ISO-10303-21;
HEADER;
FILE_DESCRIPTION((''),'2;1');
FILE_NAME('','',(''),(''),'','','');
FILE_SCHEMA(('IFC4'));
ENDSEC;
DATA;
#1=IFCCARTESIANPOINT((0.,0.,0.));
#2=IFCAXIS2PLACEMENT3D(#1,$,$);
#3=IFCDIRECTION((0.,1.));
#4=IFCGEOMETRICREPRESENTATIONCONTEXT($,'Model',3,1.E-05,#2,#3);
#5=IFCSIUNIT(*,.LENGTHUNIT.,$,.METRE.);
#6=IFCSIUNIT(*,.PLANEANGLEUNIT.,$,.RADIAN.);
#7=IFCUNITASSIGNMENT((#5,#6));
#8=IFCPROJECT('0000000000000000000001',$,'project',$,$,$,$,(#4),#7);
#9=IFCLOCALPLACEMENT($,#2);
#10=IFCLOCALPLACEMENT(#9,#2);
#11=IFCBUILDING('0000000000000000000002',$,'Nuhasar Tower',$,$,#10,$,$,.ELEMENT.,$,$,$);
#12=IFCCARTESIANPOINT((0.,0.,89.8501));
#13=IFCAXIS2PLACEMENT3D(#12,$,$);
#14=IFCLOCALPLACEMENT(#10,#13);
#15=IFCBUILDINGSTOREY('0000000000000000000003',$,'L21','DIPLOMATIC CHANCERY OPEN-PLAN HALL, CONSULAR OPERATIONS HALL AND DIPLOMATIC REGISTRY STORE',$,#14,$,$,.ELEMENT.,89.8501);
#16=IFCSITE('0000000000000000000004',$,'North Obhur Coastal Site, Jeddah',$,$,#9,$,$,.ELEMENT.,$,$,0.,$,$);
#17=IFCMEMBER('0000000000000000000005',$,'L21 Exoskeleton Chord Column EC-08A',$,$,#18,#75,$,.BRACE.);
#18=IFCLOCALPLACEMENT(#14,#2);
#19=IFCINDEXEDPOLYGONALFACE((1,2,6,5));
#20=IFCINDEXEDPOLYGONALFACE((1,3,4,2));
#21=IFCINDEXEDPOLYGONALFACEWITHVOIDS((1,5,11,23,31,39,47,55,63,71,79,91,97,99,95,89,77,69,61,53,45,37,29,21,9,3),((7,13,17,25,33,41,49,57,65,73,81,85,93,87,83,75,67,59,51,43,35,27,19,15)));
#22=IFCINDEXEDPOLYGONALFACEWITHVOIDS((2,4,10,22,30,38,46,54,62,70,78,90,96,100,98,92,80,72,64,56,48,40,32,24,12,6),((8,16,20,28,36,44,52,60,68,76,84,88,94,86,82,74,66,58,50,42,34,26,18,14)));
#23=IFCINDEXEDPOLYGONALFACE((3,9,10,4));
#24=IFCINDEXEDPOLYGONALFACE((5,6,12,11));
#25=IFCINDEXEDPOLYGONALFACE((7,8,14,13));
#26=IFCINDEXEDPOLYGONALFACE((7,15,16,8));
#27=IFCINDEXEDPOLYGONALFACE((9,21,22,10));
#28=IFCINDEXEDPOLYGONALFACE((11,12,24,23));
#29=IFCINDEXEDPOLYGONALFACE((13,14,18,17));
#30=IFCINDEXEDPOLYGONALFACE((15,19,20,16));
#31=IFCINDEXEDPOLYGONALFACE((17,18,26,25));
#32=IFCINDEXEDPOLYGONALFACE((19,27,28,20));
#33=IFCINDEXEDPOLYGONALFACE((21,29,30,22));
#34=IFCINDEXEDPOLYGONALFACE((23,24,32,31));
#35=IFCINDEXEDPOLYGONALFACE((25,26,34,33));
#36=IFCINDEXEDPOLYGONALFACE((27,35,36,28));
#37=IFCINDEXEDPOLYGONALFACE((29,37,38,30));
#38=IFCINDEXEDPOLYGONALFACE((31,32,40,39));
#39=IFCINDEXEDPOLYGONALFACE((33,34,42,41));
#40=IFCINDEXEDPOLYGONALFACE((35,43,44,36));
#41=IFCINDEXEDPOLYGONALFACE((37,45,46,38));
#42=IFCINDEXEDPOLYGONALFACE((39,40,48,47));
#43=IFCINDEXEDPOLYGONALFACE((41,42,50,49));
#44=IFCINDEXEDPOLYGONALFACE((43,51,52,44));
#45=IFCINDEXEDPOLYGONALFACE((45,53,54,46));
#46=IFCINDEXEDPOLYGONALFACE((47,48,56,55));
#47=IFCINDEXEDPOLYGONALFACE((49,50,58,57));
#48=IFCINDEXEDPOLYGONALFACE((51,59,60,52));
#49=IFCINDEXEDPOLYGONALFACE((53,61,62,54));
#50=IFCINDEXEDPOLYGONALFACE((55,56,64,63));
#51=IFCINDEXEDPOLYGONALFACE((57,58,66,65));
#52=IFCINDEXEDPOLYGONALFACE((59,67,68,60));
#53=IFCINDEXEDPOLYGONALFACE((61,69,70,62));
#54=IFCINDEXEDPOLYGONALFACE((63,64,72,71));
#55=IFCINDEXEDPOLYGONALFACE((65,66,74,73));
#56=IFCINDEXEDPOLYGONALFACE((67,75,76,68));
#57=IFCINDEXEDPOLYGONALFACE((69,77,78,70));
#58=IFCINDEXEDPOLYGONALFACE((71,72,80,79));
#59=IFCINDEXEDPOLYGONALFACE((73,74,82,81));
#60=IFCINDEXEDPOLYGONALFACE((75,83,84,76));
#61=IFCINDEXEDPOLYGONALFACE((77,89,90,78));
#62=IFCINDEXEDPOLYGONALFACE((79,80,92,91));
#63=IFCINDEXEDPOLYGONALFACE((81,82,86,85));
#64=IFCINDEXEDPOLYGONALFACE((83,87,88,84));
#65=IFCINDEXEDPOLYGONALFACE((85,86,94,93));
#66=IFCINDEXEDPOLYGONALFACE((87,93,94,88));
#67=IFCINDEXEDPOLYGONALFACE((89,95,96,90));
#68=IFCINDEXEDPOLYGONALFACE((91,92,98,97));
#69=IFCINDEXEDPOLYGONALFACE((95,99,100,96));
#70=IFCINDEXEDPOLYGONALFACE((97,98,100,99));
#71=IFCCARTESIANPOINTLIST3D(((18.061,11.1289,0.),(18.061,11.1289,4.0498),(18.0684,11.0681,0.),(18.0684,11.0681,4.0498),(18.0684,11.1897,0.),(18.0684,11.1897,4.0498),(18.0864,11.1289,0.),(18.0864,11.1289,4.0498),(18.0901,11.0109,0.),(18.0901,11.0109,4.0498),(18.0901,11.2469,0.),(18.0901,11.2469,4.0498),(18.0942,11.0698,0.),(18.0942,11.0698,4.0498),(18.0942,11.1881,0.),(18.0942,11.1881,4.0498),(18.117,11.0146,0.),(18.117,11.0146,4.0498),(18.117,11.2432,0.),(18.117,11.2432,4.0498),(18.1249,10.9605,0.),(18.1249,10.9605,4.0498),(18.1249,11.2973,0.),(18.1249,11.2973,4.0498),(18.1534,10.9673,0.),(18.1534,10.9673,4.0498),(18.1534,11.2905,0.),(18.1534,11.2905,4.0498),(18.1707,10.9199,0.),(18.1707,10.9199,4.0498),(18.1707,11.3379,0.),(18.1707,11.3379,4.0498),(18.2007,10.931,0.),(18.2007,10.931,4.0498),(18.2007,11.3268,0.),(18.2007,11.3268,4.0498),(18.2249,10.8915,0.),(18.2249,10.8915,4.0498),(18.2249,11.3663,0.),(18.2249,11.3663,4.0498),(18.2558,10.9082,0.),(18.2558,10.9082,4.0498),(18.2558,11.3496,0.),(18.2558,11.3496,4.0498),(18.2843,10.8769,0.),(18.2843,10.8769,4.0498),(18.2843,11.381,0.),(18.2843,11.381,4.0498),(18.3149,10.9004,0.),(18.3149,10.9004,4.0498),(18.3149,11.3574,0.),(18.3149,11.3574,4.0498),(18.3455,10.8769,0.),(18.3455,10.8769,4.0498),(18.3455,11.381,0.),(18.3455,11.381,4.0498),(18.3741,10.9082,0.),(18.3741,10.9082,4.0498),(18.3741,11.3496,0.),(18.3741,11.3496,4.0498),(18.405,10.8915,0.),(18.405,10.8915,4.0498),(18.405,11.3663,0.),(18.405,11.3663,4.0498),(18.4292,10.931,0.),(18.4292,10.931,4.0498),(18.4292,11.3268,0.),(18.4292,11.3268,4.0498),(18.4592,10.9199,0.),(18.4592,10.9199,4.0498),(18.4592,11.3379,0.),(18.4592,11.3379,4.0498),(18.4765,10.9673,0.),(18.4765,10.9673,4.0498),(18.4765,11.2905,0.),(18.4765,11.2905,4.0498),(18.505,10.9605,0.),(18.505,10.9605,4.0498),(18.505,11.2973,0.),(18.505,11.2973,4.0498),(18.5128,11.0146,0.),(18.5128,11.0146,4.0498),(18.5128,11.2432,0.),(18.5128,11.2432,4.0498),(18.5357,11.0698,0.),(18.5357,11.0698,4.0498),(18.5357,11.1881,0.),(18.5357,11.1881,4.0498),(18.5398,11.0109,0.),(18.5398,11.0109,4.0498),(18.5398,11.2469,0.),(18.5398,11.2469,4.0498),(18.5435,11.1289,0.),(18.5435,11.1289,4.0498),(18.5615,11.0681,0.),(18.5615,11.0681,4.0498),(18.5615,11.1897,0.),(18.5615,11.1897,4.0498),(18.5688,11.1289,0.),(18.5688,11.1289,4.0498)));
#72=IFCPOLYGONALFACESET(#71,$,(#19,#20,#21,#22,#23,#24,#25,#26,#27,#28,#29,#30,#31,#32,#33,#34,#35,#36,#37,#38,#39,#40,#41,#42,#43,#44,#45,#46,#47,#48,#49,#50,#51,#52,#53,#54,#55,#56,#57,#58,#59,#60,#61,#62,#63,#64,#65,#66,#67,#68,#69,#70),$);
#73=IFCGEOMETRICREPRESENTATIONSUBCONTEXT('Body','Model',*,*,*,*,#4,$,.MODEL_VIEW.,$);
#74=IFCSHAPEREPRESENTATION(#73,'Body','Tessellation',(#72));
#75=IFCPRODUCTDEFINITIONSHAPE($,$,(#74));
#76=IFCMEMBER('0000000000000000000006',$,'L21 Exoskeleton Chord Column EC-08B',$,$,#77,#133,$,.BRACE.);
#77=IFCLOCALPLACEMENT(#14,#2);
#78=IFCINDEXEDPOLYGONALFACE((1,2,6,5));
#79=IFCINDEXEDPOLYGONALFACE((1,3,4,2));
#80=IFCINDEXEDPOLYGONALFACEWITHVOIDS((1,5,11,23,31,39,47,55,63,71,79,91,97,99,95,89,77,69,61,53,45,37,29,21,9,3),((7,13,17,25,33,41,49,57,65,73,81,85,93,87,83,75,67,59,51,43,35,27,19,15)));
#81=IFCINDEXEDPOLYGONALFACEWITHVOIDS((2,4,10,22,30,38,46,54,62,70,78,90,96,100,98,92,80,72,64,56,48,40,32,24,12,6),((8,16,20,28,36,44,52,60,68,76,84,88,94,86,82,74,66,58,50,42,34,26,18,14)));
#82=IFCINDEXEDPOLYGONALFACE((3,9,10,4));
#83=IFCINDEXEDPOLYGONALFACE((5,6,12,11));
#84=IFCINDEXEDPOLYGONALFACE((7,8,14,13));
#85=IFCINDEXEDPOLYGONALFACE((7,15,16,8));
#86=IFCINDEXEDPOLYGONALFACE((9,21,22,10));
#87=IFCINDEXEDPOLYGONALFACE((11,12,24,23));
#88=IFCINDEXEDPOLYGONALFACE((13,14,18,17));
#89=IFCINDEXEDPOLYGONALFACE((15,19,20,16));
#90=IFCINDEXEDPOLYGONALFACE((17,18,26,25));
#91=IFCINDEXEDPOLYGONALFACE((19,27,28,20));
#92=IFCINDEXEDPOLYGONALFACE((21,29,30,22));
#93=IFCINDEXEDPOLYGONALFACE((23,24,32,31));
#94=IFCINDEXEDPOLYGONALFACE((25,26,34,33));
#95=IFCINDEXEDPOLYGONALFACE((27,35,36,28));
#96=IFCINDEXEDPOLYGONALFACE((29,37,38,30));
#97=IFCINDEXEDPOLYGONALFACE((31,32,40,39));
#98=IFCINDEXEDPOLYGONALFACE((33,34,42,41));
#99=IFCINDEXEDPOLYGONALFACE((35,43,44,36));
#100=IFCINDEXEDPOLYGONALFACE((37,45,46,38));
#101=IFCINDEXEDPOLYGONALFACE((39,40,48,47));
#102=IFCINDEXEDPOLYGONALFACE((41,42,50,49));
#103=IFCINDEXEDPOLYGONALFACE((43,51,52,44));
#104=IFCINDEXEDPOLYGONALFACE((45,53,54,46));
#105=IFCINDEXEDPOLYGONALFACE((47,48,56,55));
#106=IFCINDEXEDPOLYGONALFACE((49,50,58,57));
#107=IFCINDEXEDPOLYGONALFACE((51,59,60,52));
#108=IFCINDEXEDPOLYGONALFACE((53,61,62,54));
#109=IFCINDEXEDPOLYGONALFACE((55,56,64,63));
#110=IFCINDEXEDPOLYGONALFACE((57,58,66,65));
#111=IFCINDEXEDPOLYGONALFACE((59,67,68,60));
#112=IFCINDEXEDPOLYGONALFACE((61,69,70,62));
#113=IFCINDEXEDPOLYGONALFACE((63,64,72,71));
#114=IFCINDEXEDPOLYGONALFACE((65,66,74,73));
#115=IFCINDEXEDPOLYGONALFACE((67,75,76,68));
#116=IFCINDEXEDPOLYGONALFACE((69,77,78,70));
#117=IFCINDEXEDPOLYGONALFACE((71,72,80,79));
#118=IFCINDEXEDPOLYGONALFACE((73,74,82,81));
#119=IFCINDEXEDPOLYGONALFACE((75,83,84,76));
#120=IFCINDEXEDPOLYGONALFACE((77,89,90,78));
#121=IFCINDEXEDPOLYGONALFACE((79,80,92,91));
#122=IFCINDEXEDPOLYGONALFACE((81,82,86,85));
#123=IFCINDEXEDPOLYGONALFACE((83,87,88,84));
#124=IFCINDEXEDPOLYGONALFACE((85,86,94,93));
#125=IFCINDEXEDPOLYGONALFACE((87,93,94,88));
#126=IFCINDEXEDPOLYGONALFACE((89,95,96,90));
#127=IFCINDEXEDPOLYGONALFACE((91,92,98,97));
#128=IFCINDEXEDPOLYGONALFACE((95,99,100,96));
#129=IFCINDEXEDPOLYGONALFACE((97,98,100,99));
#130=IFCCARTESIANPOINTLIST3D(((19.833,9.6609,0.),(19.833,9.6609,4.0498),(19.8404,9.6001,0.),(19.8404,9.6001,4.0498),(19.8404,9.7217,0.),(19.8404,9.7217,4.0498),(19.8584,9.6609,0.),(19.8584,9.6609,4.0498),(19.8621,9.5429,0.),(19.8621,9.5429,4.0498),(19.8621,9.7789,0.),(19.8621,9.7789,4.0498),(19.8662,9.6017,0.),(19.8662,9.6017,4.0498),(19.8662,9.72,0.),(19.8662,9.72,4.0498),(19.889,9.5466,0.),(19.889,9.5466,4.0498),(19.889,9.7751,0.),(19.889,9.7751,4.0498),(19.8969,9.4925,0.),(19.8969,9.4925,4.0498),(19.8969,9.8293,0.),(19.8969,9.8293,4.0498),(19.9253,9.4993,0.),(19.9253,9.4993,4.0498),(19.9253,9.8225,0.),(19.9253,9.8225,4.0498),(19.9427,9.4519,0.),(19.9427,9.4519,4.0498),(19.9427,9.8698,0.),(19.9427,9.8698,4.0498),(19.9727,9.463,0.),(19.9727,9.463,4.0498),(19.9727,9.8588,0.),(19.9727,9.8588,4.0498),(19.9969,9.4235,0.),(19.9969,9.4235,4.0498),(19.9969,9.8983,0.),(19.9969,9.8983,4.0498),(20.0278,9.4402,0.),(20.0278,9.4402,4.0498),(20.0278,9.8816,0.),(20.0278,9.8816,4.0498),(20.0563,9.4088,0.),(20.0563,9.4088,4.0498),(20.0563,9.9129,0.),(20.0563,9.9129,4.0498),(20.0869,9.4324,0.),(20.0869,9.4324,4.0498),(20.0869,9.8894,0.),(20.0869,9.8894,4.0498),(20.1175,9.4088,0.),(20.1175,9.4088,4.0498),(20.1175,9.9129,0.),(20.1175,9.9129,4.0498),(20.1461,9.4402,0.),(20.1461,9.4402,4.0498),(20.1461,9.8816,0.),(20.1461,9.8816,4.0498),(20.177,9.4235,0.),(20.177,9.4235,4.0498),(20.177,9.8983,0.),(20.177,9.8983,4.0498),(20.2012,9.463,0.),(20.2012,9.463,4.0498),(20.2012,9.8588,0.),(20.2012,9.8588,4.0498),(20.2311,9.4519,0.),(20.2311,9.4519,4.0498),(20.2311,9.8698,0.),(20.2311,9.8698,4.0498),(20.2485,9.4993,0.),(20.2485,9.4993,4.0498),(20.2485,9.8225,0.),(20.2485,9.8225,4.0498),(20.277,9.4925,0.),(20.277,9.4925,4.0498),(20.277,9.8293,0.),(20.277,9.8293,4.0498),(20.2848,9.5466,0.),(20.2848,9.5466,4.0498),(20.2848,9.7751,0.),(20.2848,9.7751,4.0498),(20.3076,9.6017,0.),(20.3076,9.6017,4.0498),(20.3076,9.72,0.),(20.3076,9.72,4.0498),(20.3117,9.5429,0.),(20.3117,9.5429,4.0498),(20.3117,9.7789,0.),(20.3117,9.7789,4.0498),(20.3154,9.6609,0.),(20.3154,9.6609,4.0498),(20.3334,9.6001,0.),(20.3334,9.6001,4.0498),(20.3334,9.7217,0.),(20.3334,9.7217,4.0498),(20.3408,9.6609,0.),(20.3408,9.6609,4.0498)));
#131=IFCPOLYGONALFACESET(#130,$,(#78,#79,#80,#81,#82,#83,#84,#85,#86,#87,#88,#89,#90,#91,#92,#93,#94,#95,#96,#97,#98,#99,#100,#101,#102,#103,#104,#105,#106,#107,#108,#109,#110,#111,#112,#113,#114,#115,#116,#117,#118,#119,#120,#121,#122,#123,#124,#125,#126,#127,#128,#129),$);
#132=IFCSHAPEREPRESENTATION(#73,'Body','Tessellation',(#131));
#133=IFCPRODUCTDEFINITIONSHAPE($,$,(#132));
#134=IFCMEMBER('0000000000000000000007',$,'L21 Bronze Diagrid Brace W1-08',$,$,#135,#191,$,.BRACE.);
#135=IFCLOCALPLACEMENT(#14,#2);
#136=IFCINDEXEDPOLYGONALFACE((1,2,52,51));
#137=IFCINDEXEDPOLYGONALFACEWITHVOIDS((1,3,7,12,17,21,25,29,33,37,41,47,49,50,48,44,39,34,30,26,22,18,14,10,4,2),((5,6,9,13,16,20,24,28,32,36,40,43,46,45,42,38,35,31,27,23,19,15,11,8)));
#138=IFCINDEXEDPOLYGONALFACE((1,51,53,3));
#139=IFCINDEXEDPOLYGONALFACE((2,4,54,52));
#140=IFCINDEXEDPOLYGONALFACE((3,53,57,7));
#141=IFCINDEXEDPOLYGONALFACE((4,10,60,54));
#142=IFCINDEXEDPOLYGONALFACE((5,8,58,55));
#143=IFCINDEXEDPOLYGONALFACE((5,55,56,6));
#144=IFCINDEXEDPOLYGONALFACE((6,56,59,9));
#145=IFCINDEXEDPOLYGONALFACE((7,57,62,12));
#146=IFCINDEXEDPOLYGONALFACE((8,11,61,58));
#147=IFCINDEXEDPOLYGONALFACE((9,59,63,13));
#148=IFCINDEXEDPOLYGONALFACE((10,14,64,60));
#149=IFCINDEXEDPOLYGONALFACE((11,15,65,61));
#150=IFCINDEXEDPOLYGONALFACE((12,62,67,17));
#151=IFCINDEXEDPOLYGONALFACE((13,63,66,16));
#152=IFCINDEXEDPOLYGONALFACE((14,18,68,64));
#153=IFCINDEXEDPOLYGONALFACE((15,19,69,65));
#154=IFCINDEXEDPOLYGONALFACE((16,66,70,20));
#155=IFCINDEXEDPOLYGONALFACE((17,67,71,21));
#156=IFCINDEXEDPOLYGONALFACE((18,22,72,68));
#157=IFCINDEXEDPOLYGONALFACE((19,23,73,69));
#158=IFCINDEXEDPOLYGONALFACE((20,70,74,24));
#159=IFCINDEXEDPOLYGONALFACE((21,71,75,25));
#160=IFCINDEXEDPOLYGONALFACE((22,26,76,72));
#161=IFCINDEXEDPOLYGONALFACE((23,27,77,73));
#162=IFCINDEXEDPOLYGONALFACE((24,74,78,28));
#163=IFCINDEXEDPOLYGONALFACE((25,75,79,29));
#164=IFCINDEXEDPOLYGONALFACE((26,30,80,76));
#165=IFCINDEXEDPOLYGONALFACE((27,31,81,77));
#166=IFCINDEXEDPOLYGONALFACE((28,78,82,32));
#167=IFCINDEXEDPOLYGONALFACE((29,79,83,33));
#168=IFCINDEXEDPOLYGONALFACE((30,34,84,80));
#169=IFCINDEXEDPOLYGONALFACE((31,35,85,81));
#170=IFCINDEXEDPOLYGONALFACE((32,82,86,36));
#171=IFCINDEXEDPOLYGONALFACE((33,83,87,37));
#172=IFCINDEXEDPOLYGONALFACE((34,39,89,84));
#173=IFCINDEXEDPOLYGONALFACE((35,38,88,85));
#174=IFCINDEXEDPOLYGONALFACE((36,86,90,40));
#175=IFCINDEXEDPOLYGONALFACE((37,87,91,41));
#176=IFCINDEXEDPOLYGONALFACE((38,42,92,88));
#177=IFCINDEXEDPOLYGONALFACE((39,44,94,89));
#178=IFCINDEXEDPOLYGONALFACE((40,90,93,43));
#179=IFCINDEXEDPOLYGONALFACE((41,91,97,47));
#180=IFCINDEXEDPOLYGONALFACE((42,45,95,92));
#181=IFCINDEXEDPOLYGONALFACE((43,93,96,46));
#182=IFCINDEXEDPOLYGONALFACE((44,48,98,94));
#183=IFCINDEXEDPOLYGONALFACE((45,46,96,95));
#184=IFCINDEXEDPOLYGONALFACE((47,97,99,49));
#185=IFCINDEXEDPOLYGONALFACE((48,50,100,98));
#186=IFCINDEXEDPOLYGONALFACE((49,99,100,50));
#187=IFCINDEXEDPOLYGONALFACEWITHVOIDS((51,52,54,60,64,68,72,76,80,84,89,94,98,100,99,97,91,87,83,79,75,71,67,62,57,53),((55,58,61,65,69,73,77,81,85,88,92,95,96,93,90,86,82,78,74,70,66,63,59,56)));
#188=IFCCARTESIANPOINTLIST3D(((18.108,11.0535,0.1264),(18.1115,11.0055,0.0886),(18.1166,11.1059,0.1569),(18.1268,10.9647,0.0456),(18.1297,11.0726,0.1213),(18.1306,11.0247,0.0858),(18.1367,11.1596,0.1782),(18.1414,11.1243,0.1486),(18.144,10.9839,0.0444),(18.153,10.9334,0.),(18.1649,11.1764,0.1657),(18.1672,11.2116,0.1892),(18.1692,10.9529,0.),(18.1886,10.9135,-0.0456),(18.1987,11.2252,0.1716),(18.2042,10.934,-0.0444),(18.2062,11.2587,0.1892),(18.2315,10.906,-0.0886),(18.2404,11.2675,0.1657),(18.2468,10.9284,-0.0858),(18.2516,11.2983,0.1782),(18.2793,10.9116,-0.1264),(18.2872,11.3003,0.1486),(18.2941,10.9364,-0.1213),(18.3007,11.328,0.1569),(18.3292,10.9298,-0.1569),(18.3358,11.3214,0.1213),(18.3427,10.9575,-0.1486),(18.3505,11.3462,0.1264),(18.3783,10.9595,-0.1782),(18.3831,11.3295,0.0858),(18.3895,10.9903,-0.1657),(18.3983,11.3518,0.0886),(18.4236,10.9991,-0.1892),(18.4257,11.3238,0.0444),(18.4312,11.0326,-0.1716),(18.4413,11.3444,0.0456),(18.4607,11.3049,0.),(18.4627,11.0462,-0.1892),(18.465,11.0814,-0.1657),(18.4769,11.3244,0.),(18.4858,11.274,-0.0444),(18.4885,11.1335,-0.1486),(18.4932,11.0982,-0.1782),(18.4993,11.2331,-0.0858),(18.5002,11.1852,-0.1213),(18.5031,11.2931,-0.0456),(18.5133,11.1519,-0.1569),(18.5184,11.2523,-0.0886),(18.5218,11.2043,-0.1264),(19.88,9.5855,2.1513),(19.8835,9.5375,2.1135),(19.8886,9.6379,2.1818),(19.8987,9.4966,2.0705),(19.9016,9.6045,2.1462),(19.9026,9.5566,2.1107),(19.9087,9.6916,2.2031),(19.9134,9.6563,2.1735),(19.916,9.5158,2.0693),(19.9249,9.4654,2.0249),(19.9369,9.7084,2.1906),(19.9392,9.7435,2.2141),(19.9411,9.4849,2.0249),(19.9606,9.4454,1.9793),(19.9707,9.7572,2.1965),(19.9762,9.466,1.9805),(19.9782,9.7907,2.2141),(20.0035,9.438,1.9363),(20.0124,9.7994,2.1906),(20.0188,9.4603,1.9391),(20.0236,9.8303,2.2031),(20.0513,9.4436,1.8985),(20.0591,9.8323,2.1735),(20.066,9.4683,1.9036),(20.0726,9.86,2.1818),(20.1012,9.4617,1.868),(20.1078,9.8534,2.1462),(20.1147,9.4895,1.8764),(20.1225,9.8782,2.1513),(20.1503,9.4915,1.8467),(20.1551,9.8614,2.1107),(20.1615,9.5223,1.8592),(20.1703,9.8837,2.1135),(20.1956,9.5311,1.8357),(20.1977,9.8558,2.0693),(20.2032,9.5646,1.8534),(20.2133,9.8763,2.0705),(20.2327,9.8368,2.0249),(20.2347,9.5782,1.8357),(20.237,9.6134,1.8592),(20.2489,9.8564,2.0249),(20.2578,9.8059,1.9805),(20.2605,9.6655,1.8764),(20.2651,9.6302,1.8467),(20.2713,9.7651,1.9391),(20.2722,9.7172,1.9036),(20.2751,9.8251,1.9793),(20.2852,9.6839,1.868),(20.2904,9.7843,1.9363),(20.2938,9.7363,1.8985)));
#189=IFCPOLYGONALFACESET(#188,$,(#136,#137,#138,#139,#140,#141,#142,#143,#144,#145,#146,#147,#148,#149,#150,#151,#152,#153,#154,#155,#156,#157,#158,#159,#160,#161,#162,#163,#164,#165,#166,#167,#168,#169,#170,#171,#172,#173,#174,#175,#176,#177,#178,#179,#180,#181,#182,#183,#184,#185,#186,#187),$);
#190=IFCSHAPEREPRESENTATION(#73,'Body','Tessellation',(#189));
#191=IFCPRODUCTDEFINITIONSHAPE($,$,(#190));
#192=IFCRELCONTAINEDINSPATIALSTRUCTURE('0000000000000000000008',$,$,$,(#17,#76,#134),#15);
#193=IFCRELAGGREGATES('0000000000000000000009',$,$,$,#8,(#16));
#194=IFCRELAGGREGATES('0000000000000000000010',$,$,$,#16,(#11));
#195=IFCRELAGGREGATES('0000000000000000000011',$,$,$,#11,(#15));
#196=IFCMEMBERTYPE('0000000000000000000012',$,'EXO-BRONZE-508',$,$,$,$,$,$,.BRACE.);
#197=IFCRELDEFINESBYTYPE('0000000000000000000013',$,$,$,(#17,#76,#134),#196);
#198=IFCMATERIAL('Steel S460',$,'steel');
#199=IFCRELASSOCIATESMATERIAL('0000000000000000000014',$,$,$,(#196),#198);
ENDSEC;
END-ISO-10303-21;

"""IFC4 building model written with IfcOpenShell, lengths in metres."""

from ifc_helpers import new_model, si_unit, direction, frame, origin, origin_2d, place, context, subcontext, project, spatial, hollow_circle, extrude, material, material_profile, profile_set, type_object, element, save


model = new_model("IFC4")

# Units and contexts
model_context = context("Model", 3, precision=1e-05, world=origin(), true_north=direction((0.0, 1.0)))
body_context = subcontext(model_context, "Body", "Model", "MODEL_VIEW")
ifc_project = project(units=[si_unit("LENGTHUNIT", "METRE"), si_unit("PLANEANGLEUNIT", "RADIAN")], contexts=[model_context])

# Site, building, storey
site_placement = place(None, origin())
site = spatial("IfcSite", under=ifc_project, at=site_placement, Name="North Obhur Coastal Site, Jeddah", CompositionType="ELEMENT", RefElevation=0.0)
building_placement = place(site_placement, origin())
building = spatial("IfcBuilding", under=site, at=building_placement, Name="Nuhasar Tower", CompositionType="ELEMENT")
storey_placement = place(building_placement, frame((0.0, 0.0, 89.8501)))
storey = spatial("IfcBuildingStorey", under=building, at=storey_placement, Name="L21", Description="DIPLOMATIC CHANCERY OPEN-PLAN HALL, CONSULAR OPERATIONS HALL AND DIPLOMATIC REGISTRY STORE", CompositionType="ELEMENT", Elevation=89.8501)

# Members
ifc_material_1 = material(Name="Steel S460", Category="steel")
ifc_material_profile_1 = material_profile(ifc_material_1, hollow_circle(Radius=0.2539, WallThickness=0.0254, at=origin_2d()), Name="HSS508X25.4")
ifc_profile_set_1 = profile_set([ifc_material_profile_1], Name="Steel S460")
member_type_1 = type_object("IfcMemberType", Name="EXO-BRONZE-508", PredefinedType="BRACE", material=ifc_profile_set_1)
for number, where, z_axis, x_axis, name in (
    (1, (18.3149, 11.1289, 0.0), (0.0, 0.0, 1.0), (1.0, 0.0, 0.0), "L21 Exoskeleton Chord Column EC-08A"),
    (2, (20.0869, 9.6609, 0.0), (0.0, 0.0, 1.0), (1.0, 0.0, 0.0), "L21 Exoskeleton Chord Column EC-08B"),
):
    element("IfcMember", number, at=place(storey_placement, frame(where, z_axis=z_axis, x_axis=x_axis)), inside=storey, type_object=member_type_1, Name=name, PredefinedType="BRACE", context=body_context, shape_type="SweptSolid", body=[
        extrude(hollow_circle(Radius=0.2539, WallThickness=0.0254, at=origin_2d()), origin(), (0.0, 0.0, 1.0), 4.0498),
    ])
for number, where, z_axis, x_axis, name in (
    (3, (18.3149, 11.1289, 0.0), (0.578102, -0.478937, 0.660619), (0.637969, 0.770062, 0.0), "L21 Bronze Diagrid Brace W1-08"),
):
    element("IfcMember", number, at=place(storey_placement, frame(where, z_axis=z_axis, x_axis=x_axis)), inside=storey, type_object=member_type_1, Name=name, PredefinedType="BRACE", context=body_context, shape_type="SweptSolid", body=[
        extrude(hollow_circle(Radius=0.2539, WallThickness=0.0254, at=origin_2d()), origin(), (0.0, 0.0, 1.0), 3.0652),
    ])

save(model, "model.ifc")
